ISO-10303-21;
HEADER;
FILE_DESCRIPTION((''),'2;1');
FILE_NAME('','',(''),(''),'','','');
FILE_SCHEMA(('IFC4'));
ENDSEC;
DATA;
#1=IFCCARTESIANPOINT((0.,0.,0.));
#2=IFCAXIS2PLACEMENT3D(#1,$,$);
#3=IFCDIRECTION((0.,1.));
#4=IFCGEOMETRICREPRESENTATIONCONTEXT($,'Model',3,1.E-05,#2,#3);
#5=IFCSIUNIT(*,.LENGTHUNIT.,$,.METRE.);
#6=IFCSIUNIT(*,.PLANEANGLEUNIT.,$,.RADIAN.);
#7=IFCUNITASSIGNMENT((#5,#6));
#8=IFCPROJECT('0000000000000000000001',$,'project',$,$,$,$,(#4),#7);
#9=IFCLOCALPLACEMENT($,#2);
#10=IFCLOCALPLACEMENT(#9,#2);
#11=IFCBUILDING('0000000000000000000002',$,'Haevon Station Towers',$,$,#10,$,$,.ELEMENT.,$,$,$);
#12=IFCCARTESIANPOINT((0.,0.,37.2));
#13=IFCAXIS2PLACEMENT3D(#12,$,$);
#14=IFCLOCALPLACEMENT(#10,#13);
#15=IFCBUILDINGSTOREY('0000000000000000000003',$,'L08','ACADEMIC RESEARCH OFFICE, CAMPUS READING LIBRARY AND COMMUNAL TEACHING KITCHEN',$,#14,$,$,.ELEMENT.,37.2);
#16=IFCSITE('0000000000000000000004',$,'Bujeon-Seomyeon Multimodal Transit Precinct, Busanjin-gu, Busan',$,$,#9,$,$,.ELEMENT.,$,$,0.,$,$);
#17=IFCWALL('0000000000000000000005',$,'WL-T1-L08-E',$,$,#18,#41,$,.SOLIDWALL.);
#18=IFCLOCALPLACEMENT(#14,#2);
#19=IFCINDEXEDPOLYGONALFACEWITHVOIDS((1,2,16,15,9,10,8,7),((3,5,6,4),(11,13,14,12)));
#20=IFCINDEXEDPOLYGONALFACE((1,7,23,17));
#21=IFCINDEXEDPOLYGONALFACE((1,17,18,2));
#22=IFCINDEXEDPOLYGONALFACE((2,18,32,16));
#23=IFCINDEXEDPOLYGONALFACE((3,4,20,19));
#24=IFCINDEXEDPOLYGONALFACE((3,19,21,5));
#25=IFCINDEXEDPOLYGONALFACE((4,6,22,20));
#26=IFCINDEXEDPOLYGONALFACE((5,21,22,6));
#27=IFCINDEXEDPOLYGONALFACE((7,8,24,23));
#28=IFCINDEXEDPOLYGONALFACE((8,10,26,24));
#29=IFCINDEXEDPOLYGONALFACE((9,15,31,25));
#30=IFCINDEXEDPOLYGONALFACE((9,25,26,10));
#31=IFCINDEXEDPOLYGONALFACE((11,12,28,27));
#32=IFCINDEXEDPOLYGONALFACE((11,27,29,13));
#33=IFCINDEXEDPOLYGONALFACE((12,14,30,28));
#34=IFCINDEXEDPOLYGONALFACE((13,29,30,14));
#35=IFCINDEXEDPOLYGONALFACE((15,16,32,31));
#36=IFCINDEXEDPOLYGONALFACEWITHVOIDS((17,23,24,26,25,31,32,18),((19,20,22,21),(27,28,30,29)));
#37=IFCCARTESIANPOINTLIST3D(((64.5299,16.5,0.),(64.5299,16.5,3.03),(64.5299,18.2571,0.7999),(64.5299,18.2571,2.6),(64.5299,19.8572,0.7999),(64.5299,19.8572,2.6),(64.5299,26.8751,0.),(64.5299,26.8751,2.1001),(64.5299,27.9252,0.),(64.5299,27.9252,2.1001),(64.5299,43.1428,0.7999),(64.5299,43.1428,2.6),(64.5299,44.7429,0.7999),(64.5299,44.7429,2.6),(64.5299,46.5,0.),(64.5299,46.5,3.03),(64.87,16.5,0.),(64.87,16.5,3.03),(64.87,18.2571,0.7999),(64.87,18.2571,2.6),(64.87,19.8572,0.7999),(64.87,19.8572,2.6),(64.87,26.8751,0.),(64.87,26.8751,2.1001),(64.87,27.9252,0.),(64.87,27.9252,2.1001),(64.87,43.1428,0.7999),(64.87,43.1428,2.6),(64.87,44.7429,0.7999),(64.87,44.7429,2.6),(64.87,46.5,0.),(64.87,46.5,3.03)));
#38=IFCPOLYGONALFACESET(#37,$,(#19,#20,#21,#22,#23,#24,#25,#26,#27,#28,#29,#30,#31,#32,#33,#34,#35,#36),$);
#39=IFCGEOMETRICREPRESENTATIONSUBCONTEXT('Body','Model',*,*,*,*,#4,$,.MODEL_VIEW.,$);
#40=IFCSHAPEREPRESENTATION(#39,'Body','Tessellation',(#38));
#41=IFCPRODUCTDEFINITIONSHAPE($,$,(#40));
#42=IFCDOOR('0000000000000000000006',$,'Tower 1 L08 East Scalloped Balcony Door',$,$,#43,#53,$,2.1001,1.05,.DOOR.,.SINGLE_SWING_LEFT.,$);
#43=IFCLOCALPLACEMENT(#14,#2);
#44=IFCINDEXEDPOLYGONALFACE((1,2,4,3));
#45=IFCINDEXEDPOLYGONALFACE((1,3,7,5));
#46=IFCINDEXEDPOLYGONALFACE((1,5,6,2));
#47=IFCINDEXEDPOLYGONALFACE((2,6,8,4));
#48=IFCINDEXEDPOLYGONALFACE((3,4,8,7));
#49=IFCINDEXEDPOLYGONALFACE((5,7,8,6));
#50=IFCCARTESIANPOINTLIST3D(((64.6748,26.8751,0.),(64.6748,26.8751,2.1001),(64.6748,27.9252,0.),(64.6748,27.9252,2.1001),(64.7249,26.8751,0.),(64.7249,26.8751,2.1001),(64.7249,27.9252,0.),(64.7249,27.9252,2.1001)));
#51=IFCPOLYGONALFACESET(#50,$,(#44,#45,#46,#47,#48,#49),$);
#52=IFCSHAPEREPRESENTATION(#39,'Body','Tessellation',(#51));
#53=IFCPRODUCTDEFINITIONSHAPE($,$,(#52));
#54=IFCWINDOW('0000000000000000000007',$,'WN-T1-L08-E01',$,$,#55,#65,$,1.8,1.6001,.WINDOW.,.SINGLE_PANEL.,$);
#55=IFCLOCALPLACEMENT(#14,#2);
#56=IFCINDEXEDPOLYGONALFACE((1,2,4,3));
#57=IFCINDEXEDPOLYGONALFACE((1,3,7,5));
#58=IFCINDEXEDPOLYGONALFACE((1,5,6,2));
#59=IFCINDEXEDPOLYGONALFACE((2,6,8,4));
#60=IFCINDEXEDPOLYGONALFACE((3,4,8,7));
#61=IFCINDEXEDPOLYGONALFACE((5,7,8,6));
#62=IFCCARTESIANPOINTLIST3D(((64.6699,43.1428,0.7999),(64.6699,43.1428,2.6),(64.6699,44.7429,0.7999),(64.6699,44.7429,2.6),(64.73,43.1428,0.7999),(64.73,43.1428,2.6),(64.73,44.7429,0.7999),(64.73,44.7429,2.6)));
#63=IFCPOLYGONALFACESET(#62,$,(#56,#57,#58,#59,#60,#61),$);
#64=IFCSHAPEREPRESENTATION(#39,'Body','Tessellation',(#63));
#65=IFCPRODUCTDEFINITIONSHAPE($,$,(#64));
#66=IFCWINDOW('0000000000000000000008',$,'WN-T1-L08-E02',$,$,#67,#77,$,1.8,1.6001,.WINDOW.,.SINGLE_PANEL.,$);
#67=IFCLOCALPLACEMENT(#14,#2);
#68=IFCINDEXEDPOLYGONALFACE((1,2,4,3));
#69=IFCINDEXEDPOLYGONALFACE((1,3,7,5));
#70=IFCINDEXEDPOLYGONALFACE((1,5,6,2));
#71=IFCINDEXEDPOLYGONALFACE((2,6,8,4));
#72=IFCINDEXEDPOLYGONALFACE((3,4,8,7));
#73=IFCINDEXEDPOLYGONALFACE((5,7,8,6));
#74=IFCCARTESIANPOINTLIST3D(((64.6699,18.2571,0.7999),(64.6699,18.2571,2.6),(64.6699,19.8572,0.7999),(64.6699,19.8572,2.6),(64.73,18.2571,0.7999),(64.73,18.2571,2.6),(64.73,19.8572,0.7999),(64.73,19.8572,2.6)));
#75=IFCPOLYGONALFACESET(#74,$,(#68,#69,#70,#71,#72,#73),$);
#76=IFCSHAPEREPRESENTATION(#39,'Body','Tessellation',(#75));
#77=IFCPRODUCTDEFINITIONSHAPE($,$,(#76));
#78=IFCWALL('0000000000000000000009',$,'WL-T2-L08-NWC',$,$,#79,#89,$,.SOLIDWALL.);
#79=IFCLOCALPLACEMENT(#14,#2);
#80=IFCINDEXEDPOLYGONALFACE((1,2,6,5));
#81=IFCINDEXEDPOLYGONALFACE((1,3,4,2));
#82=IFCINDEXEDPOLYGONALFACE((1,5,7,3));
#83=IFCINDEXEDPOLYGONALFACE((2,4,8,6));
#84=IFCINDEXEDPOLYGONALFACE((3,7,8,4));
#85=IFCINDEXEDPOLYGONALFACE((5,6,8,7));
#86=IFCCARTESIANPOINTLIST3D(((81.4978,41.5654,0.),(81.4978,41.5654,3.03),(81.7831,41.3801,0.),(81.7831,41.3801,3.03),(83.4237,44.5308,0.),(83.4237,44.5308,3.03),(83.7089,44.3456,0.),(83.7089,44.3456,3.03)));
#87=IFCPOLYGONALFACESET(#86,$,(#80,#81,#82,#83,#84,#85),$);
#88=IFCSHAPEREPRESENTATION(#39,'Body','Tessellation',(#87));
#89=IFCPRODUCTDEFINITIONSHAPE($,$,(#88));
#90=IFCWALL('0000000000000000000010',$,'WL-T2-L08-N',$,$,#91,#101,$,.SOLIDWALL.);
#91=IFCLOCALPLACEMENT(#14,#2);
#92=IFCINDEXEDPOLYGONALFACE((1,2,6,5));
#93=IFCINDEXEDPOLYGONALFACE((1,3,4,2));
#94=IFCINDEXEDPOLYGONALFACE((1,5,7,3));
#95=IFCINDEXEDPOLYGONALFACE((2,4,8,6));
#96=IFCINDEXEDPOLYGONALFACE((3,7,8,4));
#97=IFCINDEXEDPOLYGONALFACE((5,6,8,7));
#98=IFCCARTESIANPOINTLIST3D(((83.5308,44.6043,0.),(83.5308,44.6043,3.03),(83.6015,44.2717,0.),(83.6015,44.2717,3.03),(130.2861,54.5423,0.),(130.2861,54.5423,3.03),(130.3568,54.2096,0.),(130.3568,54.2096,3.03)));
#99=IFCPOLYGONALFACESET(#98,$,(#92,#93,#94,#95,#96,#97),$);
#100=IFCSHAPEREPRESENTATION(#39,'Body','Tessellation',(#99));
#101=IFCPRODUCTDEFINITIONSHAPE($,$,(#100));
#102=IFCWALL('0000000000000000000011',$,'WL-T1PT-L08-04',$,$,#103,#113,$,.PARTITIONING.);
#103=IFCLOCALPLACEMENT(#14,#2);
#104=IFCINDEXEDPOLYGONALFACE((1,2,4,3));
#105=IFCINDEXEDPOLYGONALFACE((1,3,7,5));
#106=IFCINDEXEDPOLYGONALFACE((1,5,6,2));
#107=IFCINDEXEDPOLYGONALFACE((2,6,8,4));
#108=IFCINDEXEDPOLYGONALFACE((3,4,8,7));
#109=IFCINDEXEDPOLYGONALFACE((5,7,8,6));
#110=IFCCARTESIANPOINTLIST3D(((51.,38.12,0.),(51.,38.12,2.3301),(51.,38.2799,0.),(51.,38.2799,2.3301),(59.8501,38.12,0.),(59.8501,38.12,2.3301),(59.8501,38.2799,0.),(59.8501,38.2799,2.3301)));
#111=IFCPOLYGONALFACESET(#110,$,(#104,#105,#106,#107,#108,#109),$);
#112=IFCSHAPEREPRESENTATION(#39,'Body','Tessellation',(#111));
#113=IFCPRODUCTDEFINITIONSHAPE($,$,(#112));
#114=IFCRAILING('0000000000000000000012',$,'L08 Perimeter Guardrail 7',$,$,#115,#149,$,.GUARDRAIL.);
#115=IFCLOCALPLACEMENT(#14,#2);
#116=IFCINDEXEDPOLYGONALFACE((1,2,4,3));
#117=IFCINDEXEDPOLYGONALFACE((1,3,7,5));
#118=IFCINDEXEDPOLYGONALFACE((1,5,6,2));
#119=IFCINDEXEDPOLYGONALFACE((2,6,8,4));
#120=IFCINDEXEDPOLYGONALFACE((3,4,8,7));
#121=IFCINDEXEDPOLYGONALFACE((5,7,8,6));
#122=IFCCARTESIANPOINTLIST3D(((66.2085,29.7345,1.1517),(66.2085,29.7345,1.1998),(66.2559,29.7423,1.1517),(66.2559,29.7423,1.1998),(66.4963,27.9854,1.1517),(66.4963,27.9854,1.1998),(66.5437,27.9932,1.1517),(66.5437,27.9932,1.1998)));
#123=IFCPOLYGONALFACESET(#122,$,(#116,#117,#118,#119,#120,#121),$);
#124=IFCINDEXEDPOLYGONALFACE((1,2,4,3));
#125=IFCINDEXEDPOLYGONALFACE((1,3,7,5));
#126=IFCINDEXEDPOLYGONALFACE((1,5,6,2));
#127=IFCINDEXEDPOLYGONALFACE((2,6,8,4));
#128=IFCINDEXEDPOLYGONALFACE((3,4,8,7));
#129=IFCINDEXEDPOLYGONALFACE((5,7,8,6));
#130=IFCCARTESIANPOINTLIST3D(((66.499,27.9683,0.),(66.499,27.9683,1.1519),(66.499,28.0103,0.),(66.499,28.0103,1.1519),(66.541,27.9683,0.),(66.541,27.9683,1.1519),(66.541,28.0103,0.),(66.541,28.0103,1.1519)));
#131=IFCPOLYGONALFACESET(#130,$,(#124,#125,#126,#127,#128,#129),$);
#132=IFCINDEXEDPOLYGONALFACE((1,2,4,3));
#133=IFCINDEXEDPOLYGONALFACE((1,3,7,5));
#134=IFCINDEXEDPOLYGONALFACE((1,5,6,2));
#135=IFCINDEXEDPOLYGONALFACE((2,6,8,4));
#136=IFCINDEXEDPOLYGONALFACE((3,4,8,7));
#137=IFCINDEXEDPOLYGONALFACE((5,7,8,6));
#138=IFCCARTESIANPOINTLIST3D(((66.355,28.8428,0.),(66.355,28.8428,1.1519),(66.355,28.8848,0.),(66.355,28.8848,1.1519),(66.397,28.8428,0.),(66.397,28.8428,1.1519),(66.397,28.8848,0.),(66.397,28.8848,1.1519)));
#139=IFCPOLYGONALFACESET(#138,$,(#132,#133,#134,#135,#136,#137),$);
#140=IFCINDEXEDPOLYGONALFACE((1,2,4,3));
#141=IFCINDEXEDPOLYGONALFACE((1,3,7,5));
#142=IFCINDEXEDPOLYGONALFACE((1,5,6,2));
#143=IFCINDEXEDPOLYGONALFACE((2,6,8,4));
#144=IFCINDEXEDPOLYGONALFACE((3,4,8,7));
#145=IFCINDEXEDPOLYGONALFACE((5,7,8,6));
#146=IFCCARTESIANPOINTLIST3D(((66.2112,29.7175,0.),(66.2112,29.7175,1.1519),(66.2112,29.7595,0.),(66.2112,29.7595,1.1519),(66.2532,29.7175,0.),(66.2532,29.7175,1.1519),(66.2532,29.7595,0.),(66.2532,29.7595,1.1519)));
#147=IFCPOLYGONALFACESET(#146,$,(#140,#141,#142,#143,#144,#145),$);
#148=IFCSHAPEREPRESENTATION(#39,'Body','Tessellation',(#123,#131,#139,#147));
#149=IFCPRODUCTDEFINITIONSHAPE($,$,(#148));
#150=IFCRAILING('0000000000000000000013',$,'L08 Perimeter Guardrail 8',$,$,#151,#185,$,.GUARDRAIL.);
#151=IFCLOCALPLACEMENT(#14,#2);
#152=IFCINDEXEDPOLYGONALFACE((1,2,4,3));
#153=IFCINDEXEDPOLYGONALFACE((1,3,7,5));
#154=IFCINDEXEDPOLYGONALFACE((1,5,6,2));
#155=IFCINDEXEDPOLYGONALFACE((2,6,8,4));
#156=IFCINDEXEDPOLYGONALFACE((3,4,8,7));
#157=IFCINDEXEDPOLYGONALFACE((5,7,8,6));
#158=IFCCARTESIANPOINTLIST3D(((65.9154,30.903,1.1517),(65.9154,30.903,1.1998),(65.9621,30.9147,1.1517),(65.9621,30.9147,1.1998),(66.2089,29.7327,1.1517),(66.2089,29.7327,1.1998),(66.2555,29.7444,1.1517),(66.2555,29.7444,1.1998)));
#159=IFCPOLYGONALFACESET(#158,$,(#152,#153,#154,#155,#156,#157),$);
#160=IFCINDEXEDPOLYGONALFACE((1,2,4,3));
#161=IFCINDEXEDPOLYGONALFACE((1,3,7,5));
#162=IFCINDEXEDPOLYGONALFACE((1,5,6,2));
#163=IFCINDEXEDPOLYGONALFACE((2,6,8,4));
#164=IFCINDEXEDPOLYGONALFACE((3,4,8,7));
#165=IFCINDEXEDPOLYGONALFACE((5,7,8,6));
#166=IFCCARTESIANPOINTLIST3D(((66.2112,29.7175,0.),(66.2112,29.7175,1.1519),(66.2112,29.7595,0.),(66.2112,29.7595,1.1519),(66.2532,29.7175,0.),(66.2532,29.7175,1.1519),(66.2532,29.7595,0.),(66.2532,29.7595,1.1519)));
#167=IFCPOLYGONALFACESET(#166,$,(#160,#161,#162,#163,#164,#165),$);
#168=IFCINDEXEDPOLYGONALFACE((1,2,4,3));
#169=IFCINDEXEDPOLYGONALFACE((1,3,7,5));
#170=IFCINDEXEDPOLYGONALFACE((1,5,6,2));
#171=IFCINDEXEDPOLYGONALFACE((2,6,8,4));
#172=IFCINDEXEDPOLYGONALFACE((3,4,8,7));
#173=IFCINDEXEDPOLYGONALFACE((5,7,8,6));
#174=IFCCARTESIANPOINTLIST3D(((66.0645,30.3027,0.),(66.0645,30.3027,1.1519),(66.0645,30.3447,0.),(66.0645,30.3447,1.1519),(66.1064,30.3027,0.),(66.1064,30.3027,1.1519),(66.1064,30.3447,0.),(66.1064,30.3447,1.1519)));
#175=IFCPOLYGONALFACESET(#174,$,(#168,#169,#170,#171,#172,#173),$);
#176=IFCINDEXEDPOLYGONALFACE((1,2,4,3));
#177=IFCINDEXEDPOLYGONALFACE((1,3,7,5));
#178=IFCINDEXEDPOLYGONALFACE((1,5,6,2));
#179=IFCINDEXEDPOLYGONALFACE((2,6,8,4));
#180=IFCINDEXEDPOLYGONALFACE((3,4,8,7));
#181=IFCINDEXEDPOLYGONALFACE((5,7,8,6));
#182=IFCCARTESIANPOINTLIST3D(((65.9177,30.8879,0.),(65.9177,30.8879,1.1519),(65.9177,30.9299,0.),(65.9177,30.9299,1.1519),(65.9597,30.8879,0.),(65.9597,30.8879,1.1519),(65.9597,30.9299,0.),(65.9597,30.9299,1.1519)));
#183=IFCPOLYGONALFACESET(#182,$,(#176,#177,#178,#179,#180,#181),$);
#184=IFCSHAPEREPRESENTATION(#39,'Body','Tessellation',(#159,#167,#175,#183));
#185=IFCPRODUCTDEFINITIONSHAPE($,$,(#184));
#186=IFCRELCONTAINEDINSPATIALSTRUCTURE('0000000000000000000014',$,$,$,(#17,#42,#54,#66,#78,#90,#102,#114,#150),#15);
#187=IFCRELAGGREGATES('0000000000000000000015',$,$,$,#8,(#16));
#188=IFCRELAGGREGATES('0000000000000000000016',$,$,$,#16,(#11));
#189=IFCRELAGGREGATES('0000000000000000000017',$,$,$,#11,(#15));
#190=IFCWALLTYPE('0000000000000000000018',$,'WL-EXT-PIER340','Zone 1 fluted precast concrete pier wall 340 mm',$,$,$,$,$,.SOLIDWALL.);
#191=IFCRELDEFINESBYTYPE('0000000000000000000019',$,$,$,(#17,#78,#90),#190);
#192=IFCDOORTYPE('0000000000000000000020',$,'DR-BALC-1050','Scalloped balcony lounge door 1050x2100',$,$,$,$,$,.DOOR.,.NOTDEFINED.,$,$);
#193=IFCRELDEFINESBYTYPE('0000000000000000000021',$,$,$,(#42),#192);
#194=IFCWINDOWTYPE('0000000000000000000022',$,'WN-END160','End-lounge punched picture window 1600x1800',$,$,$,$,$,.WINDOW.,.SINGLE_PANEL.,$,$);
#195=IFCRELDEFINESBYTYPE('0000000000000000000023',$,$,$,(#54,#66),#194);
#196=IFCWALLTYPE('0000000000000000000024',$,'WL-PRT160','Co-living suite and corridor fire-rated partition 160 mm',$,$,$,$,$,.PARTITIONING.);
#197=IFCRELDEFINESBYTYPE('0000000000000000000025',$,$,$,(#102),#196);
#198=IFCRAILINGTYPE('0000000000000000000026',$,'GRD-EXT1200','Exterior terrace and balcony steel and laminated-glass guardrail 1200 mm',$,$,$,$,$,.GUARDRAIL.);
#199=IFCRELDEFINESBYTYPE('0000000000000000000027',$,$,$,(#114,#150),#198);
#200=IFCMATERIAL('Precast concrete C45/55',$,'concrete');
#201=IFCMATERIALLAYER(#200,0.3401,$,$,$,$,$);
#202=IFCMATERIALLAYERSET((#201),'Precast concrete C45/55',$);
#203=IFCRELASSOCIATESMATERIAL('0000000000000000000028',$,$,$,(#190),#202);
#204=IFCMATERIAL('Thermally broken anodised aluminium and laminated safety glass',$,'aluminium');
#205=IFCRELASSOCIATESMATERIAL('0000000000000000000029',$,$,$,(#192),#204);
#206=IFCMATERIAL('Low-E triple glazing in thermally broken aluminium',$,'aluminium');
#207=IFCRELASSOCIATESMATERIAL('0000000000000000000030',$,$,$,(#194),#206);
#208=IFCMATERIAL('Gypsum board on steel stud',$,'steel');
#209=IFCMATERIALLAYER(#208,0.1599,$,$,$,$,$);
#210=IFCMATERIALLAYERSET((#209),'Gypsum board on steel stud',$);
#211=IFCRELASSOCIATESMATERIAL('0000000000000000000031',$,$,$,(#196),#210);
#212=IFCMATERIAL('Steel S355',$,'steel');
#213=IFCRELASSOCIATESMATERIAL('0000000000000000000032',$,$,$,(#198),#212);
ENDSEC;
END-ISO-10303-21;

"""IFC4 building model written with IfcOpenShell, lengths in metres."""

from ifc_helpers import new_model, si_unit, direction, frame, frame_2d, origin, origin_2d, place, context, subcontext, project, spatial, rectangle, extrude, material, layer, layer_set, type_object, element, fill, save


model = new_model("IFC4")

# Units and contexts
model_context = context("Model", 3, precision=1e-05, world=origin(), true_north=direction((0.0, 1.0)))
body_context = subcontext(model_context, "Body", "Model", "MODEL_VIEW")
ifc_project = project(units=[si_unit("LENGTHUNIT", "METRE"), si_unit("PLANEANGLEUNIT", "RADIAN")], contexts=[model_context])

# Site, building, storey
site_placement = place(None, origin())
site = spatial("IfcSite", under=ifc_project, at=site_placement, Name="Bujeon-Seomyeon Multimodal Transit Precinct, Busanjin-gu, Busan", CompositionType="ELEMENT", RefElevation=0.0)
building_placement = place(site_placement, origin())
building = spatial("IfcBuilding", under=site, at=building_placement, Name="Haevon Station Towers", CompositionType="ELEMENT")
storey_placement = place(building_placement, frame((0.0, 0.0, 37.2)))
storey = spatial("IfcBuildingStorey", under=building, at=storey_placement, Name="L08", Description="ACADEMIC RESEARCH OFFICE, CAMPUS READING LIBRARY AND COMMUNAL TEACHING KITCHEN", CompositionType="ELEMENT", Elevation=37.2)

# Shared definitions
ifc_material_1 = material(Name="Steel S355", Category="steel")

# Shared definitions
ifc_material_2 = material(Name="Precast concrete C45/55", Category="concrete")
ifc_layer_1 = layer(ifc_material_2, 0.3401)
ifc_layer_set_1 = layer_set([ifc_layer_1], Name="Precast concrete C45/55")
wall_type_1 = type_object("IfcWallType", Name="WL-EXT-PIER340", Description="Zone 1 fluted precast concrete pier wall 340 mm", PredefinedType="SOLIDWALL", material=ifc_layer_set_1)

# Wall, openings, door, windows
wall_1_placement = place(storey_placement, frame((64.7, 46.5, 0.0), z_axis=(0.0, 0.0, 1.0), x_axis=(0.0, -1.0, 0.0)))
wall_1 = element("IfcWall", 1, at=wall_1_placement, inside=storey, type_object=wall_type_1, Name="WL-T1-L08-E", PredefinedType="SOLIDWALL", context=body_context, shape_type="SweptSolid", body=[
    extrude(rectangle(XDim=30.0, YDim=0.3401, at=frame_2d((15.0, 0.0))), origin(), (0.0, 0.0, 1.0), 3.03),
])
opening_1_placement = place(wall_1_placement, frame((18.575, 0.0, 0.0)))
opening_1 = element("IfcOpeningElement", 2, at=opening_1_placement, cuts=wall_1, PredefinedType="OPENING", context=body_context, shape_type="SweptSolid", body=[
    extrude(rectangle(XDim=1.05, YDim=2.1001, at=frame_2d((0.5249, 1.05))), frame((0.0, 0.1799, 0.0), z_axis=(0.0, -1.0, 0.0), x_axis=(1.0, 0.0, 0.0)), (0.0, 0.0, 1.0), 0.3601),
])
opening_2_placement = place(wall_1_placement, frame((1.7571, 0.0, 0.8)))
opening_2 = element("IfcOpeningElement", 3, at=opening_2_placement, cuts=wall_1, PredefinedType="OPENING", context=body_context, shape_type="SweptSolid", body=[
    extrude(rectangle(XDim=1.6001, YDim=1.8, at=frame_2d((0.8, 0.8999))), frame((0.0, 0.1799, 0.0), z_axis=(0.0, -1.0, 0.0), x_axis=(1.0, 0.0, 0.0)), (0.0, 0.0, 1.0), 0.3601),
])
opening_3_placement = place(wall_1_placement, frame((26.6428, 0.0, 0.8)))
opening_3 = element("IfcOpeningElement", 4, at=opening_3_placement, cuts=wall_1, PredefinedType="OPENING", context=body_context, shape_type="SweptSolid", body=[
    extrude(rectangle(XDim=1.6001, YDim=1.8, at=frame_2d((0.8, 0.8999))), frame((0.0, 0.1799, 0.0), z_axis=(0.0, -1.0, 0.0), x_axis=(1.0, 0.0, 0.0)), (0.0, 0.0, 1.0), 0.3601),
])
ifc_material_3 = material(Name="Thermally broken anodised aluminium and laminated safety glass", Category="aluminium")
door_type = type_object("IfcDoorType", Name="DR-BALC-1050", Description="Scalloped balcony lounge door 1050x2100", OperationType="NOTDEFINED", PredefinedType="DOOR", material=ifc_material_3)
door_placement = place(opening_1_placement, origin())
door = element("IfcDoor", 5, at=door_placement, inside=storey, type_object=door_type, Name="Tower 1 L08 East Scalloped Balcony Door", OperationType="SINGLE_SWING_LEFT", OverallHeight=2.1001, OverallWidth=1.05, PredefinedType="DOOR", context=body_context, shape_type="SweptSolid", body=[
    extrude(rectangle(XDim=1.05, YDim=2.1001, at=frame_2d((0.5249, 1.05))), frame((0.0, 0.0249, 0.0), z_axis=(0.0, -1.0, 0.0), x_axis=(1.0, 0.0, 0.0)), (0.0, 0.0, 1.0), 0.05),
])
fill(opening_1, door)
ifc_material_4 = material(Name="Low-E triple glazing in thermally broken aluminium", Category="aluminium")
window_type = type_object("IfcWindowType", Name="WN-END160", Description="End-lounge punched picture window 1600x1800", PartitioningType="SINGLE_PANEL", PredefinedType="WINDOW", material=ifc_material_4)
window_1_placement = place(opening_2_placement, origin())
window_1 = element("IfcWindow", 6, at=window_1_placement, inside=storey, type_object=window_type, Name="WN-T1-L08-E01", OverallHeight=1.8, OverallWidth=1.6001, PartitioningType="SINGLE_PANEL", PredefinedType="WINDOW", context=body_context, shape_type="SweptSolid", body=[
    extrude(rectangle(XDim=1.6001, YDim=1.8, at=frame_2d((0.8, 0.8999))), frame((0.0, 0.03, 0.0), z_axis=(0.0, -1.0, 0.0), x_axis=(1.0, 0.0, 0.0)), (0.0, 0.0, 1.0), 0.0601),
])
fill(opening_2, window_1)
window_2_placement = place(opening_3_placement, origin())
window_2 = element("IfcWindow", 7, at=window_2_placement, inside=storey, type_object=window_type, Name="WN-T1-L08-E02", OverallHeight=1.8, OverallWidth=1.6001, PartitioningType="SINGLE_PANEL", PredefinedType="WINDOW", context=body_context, shape_type="SweptSolid", body=[
    extrude(rectangle(XDim=1.6001, YDim=1.8, at=frame_2d((0.8, 0.8999))), frame((0.0, 0.03, 0.0), z_axis=(0.0, -1.0, 0.0), x_axis=(1.0, 0.0, 0.0)), (0.0, 0.0, 1.0), 0.0601),
])
fill(opening_3, window_2)

# Walls
wall_2_placement = place(storey_placement, frame((81.6404, 41.4727, 0.0), z_axis=(0.0, 0.0, 1.0), x_axis=(0.544653, 0.838661, 0.0)))
element("IfcWall", 8, at=wall_2_placement, inside=storey, type_object=wall_type_1, Name="WL-T2-L08-NWC", PredefinedType="SOLIDWALL", context=body_context, shape_type="SweptSolid", body=[
    extrude(rectangle(XDim=3.5359, YDim=0.3401, at=frame_2d((1.7681, 0.0))), origin(), (0.0, 0.0, 1.0), 3.03),
])
wall_3_placement = place(storey_placement, frame((83.5662, 44.438, 0.0), z_axis=(0.0, 0.0, 1.0), x_axis=(0.978148, 0.207908, 0.0)))
element("IfcWall", 9, at=wall_3_placement, inside=storey, type_object=wall_type_1, Name="WL-T2-L08-N", PredefinedType="SOLIDWALL", context=body_context, shape_type="SweptSolid", body=[
    extrude(rectangle(XDim=47.7998, YDim=0.3401, at=frame_2d((23.8999, 0.0))), origin(), (0.0, 0.0, 1.0), 3.03),
])
ifc_material_5 = material(Name="Gypsum board on steel stud", Category="steel")
ifc_layer_2 = layer(ifc_material_5, 0.1599)
ifc_layer_set_2 = layer_set([ifc_layer_2], Name="Gypsum board on steel stud")
wall_type_2 = type_object("IfcWallType", Name="WL-PRT160", Description="Co-living suite and corridor fire-rated partition 160 mm", PredefinedType="PARTITIONING", material=ifc_layer_set_2)
wall_4_placement = place(storey_placement, frame((51.0, 38.2, 0.0), z_axis=(0.0, 0.0, 1.0), x_axis=(1.0, 0.0, 0.0)))
element("IfcWall", 10, at=wall_4_placement, inside=storey, type_object=wall_type_2, Name="WL-T1PT-L08-04", PredefinedType="PARTITIONING", context=body_context, shape_type="SweptSolid", body=[
    extrude(rectangle(XDim=8.8501, YDim=0.1599, at=frame_2d((4.425, 0.0))), origin(), (0.0, 0.0, 1.0), 2.3301),
])

# Railings
railing_type = type_object("IfcRailingType", Name="GRD-EXT1200", Description="Exterior terrace and balcony steel and laminated-glass guardrail 1200 mm", PredefinedType="GUARDRAIL", material=ifc_material_1)
railing_1_placement = place(storey_placement, frame((66.52, 27.9893, 0.0)))
element("IfcRailing", 11, at=railing_1_placement, inside=storey, type_object=railing_type, Name="L08 Perimeter Guardrail 7", PredefinedType="GUARDRAIL", context=body_context, shape_type="SweptSolid", body=[
    extrude(rectangle(XDim=0.0481, YDim=0.0481, at=origin_2d()), frame((0.0, 0.0, 1.1758), z_axis=(-0.162366, 0.986731, 0.0), x_axis=(-0.986731, -0.162366, 0.0)), (0.0, 0.0, 1.0), 1.7727),
    extrude(rectangle(XDim=0.042, YDim=0.042, at=origin_2d()), origin(), (0.0, 0.0, 1.0), 1.1519),
    extrude(rectangle(XDim=0.042, YDim=0.042, at=origin_2d()), frame((-0.144, 0.8745, 0.0)), (0.0, 0.0, 1.0), 1.1519),
    extrude(rectangle(XDim=0.042, YDim=0.042, at=origin_2d()), frame((-0.2878, 1.7493, 0.0)), (0.0, 0.0, 1.0), 1.1519),
])
railing_2_placement = place(storey_placement, frame((66.2322, 29.7385, 0.0)))
element("IfcRailing", 12, at=railing_2_placement, inside=storey, type_object=railing_type, Name="L08 Perimeter Guardrail 8", PredefinedType="GUARDRAIL", context=body_context, shape_type="SweptSolid", body=[
    extrude(rectangle(XDim=0.0481, YDim=0.0481, at=origin_2d()), frame((0.0, 0.0, 1.1758), z_axis=(-0.243202, 0.969976, 0.0), x_axis=(-0.969976, -0.243202, 0.0)), (0.0, 0.0, 1.0), 1.2065),
    extrude(rectangle(XDim=0.042, YDim=0.042, at=origin_2d()), origin(), (0.0, 0.0, 1.0), 1.1519),
    extrude(rectangle(XDim=0.042, YDim=0.042, at=origin_2d()), frame((-0.1467, 0.5852, 0.0)), (0.0, 0.0, 1.0), 1.1519),
    extrude(rectangle(XDim=0.042, YDim=0.042, at=origin_2d()), frame((-0.2935, 1.1704, 0.0)), (0.0, 0.0, 1.0), 1.1519),
])

save(model, "model.ifc")
